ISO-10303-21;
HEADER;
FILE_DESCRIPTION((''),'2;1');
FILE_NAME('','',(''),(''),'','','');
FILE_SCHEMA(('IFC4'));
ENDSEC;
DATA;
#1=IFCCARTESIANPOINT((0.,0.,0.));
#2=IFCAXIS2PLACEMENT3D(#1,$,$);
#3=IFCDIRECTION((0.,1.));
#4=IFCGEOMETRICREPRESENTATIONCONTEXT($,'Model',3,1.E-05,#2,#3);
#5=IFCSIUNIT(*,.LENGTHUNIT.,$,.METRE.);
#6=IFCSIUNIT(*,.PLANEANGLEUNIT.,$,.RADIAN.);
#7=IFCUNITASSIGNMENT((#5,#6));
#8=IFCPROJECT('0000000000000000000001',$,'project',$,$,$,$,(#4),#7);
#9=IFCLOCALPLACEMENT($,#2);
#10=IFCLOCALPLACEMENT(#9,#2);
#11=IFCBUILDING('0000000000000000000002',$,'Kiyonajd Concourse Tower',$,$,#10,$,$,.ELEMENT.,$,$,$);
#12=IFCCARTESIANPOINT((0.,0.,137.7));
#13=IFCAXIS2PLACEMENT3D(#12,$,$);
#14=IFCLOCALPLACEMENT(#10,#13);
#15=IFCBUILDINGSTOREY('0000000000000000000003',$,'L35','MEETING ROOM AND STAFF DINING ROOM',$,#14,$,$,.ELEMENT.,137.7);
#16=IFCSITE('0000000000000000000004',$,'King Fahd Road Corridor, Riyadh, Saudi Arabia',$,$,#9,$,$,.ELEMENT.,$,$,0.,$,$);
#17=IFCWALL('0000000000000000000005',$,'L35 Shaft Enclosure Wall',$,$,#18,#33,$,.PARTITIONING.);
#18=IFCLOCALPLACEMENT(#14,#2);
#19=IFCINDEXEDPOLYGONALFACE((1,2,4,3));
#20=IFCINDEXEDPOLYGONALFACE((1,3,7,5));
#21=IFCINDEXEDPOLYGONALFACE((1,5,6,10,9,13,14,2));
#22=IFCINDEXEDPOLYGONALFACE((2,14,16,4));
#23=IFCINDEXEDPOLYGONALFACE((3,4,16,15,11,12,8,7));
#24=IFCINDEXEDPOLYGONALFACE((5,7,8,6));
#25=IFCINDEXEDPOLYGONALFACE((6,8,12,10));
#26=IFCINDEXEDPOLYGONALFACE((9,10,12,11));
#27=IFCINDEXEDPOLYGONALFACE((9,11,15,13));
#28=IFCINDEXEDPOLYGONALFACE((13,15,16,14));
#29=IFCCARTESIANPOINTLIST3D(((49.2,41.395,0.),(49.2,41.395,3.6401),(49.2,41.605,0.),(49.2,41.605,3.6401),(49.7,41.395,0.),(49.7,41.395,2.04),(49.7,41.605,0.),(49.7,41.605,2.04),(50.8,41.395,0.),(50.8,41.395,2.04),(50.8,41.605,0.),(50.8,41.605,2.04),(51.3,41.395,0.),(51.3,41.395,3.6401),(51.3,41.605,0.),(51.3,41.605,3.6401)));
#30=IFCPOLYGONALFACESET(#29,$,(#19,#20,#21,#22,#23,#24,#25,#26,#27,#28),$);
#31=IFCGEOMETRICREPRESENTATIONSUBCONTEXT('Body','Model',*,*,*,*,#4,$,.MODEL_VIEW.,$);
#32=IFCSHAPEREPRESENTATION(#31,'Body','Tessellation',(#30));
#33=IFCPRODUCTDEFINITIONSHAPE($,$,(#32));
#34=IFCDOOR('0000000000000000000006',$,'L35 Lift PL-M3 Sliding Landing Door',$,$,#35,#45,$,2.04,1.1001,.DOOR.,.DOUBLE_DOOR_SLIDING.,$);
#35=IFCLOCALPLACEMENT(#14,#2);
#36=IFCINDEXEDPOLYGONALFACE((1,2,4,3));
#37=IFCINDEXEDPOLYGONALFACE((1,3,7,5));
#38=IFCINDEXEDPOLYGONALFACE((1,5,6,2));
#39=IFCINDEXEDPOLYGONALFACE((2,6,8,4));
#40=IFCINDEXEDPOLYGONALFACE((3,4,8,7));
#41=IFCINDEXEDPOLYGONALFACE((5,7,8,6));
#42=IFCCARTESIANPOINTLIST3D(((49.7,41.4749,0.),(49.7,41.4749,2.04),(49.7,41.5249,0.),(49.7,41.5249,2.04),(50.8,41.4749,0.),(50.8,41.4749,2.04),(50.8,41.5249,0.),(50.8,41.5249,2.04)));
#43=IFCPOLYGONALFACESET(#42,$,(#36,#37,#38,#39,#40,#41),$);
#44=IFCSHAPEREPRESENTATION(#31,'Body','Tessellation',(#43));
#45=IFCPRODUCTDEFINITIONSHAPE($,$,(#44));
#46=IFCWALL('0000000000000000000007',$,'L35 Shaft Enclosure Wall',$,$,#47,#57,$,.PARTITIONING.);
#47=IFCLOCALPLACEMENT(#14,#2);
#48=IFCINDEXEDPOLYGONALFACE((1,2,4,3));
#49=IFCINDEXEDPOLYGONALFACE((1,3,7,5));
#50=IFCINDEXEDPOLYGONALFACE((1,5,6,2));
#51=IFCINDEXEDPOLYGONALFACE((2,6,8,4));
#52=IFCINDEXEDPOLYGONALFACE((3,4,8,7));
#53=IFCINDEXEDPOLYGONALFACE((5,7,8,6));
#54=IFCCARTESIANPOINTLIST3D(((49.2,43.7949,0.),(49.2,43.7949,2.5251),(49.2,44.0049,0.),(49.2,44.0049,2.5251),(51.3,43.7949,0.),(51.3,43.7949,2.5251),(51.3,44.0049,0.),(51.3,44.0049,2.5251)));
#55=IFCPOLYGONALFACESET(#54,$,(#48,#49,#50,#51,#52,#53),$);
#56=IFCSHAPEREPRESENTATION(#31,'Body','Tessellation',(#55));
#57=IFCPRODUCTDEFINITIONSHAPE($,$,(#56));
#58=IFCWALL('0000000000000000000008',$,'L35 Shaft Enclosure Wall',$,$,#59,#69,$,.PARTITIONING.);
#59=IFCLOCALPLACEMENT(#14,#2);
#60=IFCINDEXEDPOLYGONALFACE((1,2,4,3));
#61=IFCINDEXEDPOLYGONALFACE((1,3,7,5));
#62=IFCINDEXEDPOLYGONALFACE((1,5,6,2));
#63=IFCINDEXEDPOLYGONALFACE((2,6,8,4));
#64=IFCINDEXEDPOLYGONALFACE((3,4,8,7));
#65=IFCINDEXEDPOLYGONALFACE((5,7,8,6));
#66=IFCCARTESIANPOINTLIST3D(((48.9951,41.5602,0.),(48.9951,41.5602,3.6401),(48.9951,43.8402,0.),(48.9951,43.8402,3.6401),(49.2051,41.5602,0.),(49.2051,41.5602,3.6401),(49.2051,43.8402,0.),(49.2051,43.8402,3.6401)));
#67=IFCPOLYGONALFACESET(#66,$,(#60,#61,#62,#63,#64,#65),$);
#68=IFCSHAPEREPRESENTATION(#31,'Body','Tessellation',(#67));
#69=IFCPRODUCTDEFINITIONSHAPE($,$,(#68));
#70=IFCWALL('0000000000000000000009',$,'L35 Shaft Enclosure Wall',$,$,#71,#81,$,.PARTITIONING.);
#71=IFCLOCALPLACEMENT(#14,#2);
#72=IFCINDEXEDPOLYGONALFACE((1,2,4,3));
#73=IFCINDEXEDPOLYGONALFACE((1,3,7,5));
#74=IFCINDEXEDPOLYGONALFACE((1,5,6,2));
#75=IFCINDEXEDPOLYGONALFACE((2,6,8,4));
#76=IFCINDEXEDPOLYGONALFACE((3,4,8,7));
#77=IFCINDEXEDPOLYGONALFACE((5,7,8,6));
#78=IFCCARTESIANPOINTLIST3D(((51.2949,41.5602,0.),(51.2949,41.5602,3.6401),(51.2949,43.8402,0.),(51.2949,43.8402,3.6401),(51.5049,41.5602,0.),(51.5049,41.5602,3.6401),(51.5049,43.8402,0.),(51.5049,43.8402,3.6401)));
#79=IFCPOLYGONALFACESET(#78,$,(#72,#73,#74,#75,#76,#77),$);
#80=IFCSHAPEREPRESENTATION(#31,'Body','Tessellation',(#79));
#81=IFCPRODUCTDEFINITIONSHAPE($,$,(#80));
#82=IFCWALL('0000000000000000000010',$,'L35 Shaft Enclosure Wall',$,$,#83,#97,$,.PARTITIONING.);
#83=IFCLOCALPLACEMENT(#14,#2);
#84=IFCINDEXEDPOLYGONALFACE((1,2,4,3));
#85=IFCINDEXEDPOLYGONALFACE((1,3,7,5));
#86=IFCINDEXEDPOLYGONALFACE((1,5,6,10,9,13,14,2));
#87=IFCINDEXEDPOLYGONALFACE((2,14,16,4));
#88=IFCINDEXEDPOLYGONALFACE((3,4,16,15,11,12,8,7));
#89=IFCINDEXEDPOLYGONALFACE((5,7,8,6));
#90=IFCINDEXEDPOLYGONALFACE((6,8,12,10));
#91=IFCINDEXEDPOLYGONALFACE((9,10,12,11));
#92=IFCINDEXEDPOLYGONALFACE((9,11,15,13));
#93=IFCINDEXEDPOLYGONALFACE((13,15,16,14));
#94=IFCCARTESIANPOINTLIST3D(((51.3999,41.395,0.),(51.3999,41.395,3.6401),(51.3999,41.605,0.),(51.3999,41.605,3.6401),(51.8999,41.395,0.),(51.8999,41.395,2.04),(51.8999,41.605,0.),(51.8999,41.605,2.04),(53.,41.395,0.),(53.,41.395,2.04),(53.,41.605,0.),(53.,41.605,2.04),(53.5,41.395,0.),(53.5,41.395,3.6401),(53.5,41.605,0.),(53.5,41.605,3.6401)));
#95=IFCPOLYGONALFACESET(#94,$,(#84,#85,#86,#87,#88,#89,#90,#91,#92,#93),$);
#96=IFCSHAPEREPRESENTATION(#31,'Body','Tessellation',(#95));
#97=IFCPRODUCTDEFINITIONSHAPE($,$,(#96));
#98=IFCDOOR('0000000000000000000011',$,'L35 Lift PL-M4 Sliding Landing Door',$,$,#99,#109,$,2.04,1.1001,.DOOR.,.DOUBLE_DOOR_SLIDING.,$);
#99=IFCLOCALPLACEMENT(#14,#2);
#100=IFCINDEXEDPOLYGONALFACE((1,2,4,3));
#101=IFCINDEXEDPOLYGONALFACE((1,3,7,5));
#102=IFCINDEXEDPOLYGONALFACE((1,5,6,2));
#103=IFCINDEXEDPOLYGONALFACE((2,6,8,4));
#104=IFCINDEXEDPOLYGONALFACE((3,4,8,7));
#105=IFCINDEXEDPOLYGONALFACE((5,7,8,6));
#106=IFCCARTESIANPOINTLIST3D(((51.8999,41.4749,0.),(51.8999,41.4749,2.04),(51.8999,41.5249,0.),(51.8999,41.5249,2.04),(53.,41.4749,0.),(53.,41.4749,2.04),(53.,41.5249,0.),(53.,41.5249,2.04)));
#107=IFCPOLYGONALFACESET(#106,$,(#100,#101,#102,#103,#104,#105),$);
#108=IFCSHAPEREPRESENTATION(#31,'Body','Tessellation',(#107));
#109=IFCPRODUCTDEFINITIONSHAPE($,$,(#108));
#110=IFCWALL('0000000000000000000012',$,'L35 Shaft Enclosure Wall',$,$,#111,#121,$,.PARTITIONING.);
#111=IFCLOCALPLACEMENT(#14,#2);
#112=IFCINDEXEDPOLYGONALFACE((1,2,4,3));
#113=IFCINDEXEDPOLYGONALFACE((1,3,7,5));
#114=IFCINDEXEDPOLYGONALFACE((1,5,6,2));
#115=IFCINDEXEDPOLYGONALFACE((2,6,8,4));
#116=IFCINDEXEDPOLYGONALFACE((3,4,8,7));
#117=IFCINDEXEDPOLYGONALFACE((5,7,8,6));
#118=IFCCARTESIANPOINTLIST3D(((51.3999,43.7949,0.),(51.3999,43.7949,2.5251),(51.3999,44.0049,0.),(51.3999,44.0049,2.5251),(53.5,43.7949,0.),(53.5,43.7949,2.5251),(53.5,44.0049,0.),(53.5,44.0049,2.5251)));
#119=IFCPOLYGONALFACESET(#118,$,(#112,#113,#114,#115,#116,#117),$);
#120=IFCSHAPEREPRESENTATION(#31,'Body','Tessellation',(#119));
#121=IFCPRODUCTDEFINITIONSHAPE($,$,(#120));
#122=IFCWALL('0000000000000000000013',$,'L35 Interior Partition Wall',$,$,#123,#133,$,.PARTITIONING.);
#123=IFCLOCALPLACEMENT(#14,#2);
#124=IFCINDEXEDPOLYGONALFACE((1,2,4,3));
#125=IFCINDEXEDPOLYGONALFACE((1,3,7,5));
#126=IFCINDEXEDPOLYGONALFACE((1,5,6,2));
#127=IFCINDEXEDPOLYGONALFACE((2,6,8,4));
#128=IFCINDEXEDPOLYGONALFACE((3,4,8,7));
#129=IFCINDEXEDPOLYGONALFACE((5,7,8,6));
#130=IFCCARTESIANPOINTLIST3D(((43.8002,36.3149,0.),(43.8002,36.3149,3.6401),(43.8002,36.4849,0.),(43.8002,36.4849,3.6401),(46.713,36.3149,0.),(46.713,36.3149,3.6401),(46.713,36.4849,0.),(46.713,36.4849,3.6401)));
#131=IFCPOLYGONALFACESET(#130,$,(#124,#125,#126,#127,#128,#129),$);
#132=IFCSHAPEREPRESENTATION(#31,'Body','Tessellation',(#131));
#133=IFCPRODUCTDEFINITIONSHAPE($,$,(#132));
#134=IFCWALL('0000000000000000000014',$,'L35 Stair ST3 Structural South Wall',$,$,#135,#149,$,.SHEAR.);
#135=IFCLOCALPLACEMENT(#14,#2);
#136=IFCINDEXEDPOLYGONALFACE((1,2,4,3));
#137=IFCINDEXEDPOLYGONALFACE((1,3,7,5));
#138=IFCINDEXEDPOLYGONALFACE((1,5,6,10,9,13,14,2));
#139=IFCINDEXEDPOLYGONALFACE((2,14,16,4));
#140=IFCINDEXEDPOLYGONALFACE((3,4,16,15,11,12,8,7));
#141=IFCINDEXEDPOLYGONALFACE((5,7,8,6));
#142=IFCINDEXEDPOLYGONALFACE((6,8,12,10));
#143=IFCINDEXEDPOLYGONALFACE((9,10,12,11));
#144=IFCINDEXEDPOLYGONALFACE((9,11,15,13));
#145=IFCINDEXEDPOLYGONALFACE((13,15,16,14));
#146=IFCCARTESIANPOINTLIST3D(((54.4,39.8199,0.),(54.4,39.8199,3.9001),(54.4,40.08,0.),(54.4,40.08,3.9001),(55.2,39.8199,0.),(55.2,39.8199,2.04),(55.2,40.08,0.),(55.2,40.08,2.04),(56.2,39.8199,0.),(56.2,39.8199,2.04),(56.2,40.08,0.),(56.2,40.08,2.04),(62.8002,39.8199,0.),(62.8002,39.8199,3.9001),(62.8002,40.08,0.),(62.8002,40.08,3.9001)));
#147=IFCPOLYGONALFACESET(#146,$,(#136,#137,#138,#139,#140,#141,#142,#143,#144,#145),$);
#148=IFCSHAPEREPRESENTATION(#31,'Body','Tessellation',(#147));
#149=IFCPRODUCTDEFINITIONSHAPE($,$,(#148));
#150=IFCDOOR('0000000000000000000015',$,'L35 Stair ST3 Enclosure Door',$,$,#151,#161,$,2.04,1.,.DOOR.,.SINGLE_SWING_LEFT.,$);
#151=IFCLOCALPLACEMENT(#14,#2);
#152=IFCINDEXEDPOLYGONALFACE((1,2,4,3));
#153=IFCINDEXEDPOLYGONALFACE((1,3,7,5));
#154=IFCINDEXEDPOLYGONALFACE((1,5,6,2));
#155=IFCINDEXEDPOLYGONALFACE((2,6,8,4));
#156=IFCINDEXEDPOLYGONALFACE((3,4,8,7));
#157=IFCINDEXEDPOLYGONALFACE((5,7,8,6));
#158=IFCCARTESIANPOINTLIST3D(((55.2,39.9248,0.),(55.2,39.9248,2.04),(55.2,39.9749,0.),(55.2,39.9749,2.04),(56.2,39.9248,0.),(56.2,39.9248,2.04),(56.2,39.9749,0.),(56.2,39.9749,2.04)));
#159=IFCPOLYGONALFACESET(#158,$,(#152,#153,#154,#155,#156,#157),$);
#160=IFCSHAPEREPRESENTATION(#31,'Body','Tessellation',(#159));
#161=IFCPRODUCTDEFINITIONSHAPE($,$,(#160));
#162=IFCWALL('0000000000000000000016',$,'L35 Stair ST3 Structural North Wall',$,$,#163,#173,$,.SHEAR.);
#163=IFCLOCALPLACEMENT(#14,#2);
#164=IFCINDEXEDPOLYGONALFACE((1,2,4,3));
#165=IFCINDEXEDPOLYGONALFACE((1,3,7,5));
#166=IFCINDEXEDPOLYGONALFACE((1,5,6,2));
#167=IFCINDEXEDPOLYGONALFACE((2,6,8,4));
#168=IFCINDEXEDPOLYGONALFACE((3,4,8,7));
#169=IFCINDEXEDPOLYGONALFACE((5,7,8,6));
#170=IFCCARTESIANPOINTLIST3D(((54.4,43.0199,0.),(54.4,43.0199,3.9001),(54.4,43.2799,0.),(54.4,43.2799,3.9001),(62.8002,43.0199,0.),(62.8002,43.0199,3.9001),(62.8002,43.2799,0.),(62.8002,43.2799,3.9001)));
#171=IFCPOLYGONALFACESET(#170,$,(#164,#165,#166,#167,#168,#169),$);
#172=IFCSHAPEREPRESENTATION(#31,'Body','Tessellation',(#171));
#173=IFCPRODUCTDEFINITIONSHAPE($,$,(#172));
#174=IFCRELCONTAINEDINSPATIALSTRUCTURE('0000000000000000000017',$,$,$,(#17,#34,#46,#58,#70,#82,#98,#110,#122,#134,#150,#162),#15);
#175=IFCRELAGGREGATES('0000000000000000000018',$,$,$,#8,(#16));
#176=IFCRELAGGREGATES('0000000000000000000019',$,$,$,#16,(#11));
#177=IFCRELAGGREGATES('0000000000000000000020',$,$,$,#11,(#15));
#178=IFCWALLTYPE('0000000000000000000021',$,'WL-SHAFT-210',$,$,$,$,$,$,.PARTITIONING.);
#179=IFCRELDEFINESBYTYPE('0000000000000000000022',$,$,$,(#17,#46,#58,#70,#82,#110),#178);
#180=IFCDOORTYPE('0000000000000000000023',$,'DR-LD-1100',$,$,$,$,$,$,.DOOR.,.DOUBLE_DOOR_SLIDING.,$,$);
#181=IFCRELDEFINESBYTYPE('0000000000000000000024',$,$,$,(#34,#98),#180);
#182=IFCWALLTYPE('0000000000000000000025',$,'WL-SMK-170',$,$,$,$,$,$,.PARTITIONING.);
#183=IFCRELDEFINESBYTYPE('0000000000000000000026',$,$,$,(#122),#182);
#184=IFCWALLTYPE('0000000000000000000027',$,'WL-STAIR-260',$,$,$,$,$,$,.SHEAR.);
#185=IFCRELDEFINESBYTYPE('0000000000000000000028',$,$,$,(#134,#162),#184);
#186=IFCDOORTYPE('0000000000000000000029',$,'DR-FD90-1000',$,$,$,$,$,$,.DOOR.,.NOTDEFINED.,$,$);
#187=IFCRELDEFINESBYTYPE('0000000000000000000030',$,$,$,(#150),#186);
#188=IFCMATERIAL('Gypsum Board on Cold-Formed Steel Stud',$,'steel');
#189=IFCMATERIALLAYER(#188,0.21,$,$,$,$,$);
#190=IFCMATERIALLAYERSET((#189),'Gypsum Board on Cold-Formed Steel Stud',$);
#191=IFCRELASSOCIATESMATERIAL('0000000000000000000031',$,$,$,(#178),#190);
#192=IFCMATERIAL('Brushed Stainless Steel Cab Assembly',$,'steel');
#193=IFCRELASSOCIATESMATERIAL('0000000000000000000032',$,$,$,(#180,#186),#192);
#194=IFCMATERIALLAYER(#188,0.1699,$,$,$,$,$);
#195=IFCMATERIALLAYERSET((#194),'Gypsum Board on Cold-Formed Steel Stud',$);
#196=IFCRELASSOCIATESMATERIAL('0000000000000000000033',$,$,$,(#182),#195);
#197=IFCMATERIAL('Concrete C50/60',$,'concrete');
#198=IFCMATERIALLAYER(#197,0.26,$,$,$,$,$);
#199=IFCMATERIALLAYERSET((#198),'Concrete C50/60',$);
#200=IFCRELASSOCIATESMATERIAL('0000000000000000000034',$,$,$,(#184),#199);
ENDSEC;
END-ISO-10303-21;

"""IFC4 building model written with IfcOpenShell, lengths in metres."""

from ifc_helpers import new_model, si_unit, direction, frame, frame_2d, origin, place, context, subcontext, project, spatial, rectangle, extrude, material, layer, layer_set, type_object, element, fill, save


model = new_model("IFC4")

# Units and contexts
model_context = context("Model", 3, precision=1e-05, world=origin(), true_north=direction((0.0, 1.0)))
body_context = subcontext(model_context, "Body", "Model", "MODEL_VIEW")
ifc_project = project(units=[si_unit("LENGTHUNIT", "METRE"), si_unit("PLANEANGLEUNIT", "RADIAN")], contexts=[model_context])

# Site, building, storey
site_placement = place(None, origin())
site = spatial("IfcSite", under=ifc_project, at=site_placement, Name="King Fahd Road Corridor, Riyadh, Saudi Arabia", CompositionType="ELEMENT", RefElevation=0.0)
building_placement = place(site_placement, origin())
building = spatial("IfcBuilding", under=site, at=building_placement, Name="Kiyonajd Concourse Tower", CompositionType="ELEMENT")
storey_placement = place(building_placement, frame((0.0, 0.0, 137.7)))
storey = spatial("IfcBuildingStorey", under=building, at=storey_placement, Name="L35", Description="MEETING ROOM AND STAFF DINING ROOM", CompositionType="ELEMENT", Elevation=137.7)

# Shared definitions
ifc_material_1 = material(Name="Concrete C50/60", Category="concrete")

# Shared definitions
ifc_material_2 = material(Name="Gypsum Board on Cold-Formed Steel Stud", Category="steel")
ifc_layer_1 = layer(ifc_material_2, 0.21)
ifc_layer_set_1 = layer_set([ifc_layer_1], Name="Gypsum Board on Cold-Formed Steel Stud")
wall_type_1 = type_object("IfcWallType", Name="WL-SHAFT-210", PredefinedType="PARTITIONING", material=ifc_layer_set_1)

# Shared definitions
ifc_material_3 = material(Name="Brushed Stainless Steel Cab Assembly", Category="steel")
door_type_1 = type_object("IfcDoorType", Name="DR-LD-1100", OperationType="DOUBLE_DOOR_SLIDING", PredefinedType="DOOR", material=ifc_material_3)

# Wall, opening, door
wall_1_placement = place(storey_placement, frame((49.2, 41.5, 0.0), z_axis=(0.0, 0.0, 1.0), x_axis=(1.0, 0.0, 0.0)))
wall_1 = element("IfcWall", 1, at=wall_1_placement, inside=storey, type_object=wall_type_1, Name="L35 Shaft Enclosure Wall", PredefinedType="PARTITIONING", context=body_context, shape_type="SweptSolid", body=[
    extrude(rectangle(XDim=2.1001, YDim=0.21, at=frame_2d((1.05, 0.0))), origin(), (0.0, 0.0, 1.0), 3.6401),
])
opening_1_placement = place(wall_1_placement, frame((0.5, 0.0, 0.0)))
opening_1 = element("IfcOpeningElement", 2, at=opening_1_placement, cuts=wall_1, PredefinedType="OPENING", context=body_context, shape_type="SweptSolid", body=[
    extrude(rectangle(XDim=1.1001, YDim=2.04, at=frame_2d((0.55, 1.02))), frame((0.0, 0.115, 0.0), z_axis=(0.0, -1.0, 0.0), x_axis=(1.0, 0.0, 0.0)), (0.0, 0.0, 1.0), 0.23),
])
door_1_placement = place(opening_1_placement, origin())
door_1 = element("IfcDoor", 3, at=door_1_placement, inside=storey, type_object=door_type_1, Name="L35 Lift PL-M3 Sliding Landing Door", OperationType="DOUBLE_DOOR_SLIDING", OverallHeight=2.04, OverallWidth=1.1001, PredefinedType="DOOR", context=body_context, shape_type="SweptSolid", body=[
    extrude(rectangle(XDim=1.1001, YDim=2.04, at=frame_2d((0.55, 1.02))), frame((0.0, 0.0249, 0.0), z_axis=(0.0, -1.0, 0.0), x_axis=(1.0, 0.0, 0.0)), (0.0, 0.0, 1.0), 0.05),
])
fill(opening_1, door_1)

# Walls
wall_2_placement = place(storey_placement, frame((49.2, 43.8999, 0.0), z_axis=(0.0, 0.0, 1.0), x_axis=(1.0, 0.0, 0.0)))
element("IfcWall", 4, at=wall_2_placement, inside=storey, type_object=wall_type_1, Name="L35 Shaft Enclosure Wall", PredefinedType="PARTITIONING", context=body_context, shape_type="SweptSolid", body=[
    extrude(rectangle(XDim=2.1001, YDim=0.21, at=frame_2d((1.05, 0.0))), origin(), (0.0, 0.0, 1.0), 2.5251),
])
for number, where, z_axis, x_axis, name in (
    (5, (49.1001, 41.5601, 0.0), (0.0, 0.0, 1.0), (0.0, 1.0, 0.0), "L35 Shaft Enclosure Wall"),
    (6, (51.3999, 41.5601, 0.0), (0.0, 0.0, 1.0), (0.0, 1.0, 0.0), "L35 Shaft Enclosure Wall"),
):
    element("IfcWall", number, at=place(storey_placement, frame(where, z_axis=z_axis, x_axis=x_axis)), inside=storey, type_object=wall_type_1, Name=name, PredefinedType="PARTITIONING", context=body_context, shape_type="SweptSolid", body=[
        extrude(rectangle(XDim=2.28, YDim=0.21, at=frame_2d((1.1401, 0.0))), origin(), (0.0, 0.0, 1.0), 3.6401),
    ])

# Wall, opening, door
wall_3_placement = place(storey_placement, frame((51.3999, 41.5, 0.0), z_axis=(0.0, 0.0, 1.0), x_axis=(1.0, 0.0, 0.0)))
wall_3 = element("IfcWall", 7, at=wall_3_placement, inside=storey, type_object=wall_type_1, Name="L35 Shaft Enclosure Wall", PredefinedType="PARTITIONING", context=body_context, shape_type="SweptSolid", body=[
    extrude(rectangle(XDim=2.1001, YDim=0.21, at=frame_2d((1.05, 0.0))), origin(), (0.0, 0.0, 1.0), 3.6401),
])
opening_2_placement = place(wall_3_placement, frame((0.5, 0.0, 0.0)))
opening_2 = element("IfcOpeningElement", 8, at=opening_2_placement, cuts=wall_3, PredefinedType="OPENING", context=body_context, shape_type="SweptSolid", body=[
    extrude(rectangle(XDim=1.1001, YDim=2.04, at=frame_2d((0.55, 1.02))), frame((0.0, 0.115, 0.0), z_axis=(0.0, -1.0, 0.0), x_axis=(1.0, 0.0, 0.0)), (0.0, 0.0, 1.0), 0.23),
])
door_2_placement = place(opening_2_placement, origin())
door_2 = element("IfcDoor", 9, at=door_2_placement, inside=storey, type_object=door_type_1, Name="L35 Lift PL-M4 Sliding Landing Door", OperationType="DOUBLE_DOOR_SLIDING", OverallHeight=2.04, OverallWidth=1.1001, PredefinedType="DOOR", context=body_context, shape_type="SweptSolid", body=[
    extrude(rectangle(XDim=1.1001, YDim=2.04, at=frame_2d((0.55, 1.02))), frame((0.0, 0.0249, 0.0), z_axis=(0.0, -1.0, 0.0), x_axis=(1.0, 0.0, 0.0)), (0.0, 0.0, 1.0), 0.05),
])
fill(opening_2, door_2)

# Walls
wall_4_placement = place(storey_placement, frame((51.3999, 43.8999, 0.0), z_axis=(0.0, 0.0, 1.0), x_axis=(1.0, 0.0, 0.0)))
element("IfcWall", 10, at=wall_4_placement, inside=storey, type_object=wall_type_1, Name="L35 Shaft Enclosure Wall", PredefinedType="PARTITIONING", context=body_context, shape_type="SweptSolid", body=[
    extrude(rectangle(XDim=2.1001, YDim=0.21, at=frame_2d((1.05, 0.0))), origin(), (0.0, 0.0, 1.0), 2.5251),
])
ifc_layer_2 = layer(ifc_material_2, 0.1699)
ifc_layer_set_2 = layer_set([ifc_layer_2], Name="Gypsum Board on Cold-Formed Steel Stud")
wall_type_2 = type_object("IfcWallType", Name="WL-SMK-170", PredefinedType="PARTITIONING", material=ifc_layer_set_2)
wall_5_placement = place(storey_placement, frame((43.8, 36.3999, 0.0), z_axis=(0.0, 0.0, 1.0), x_axis=(1.0, 0.0, 0.0)))
element("IfcWall", 11, at=wall_5_placement, inside=storey, type_object=wall_type_2, Name="L35 Interior Partition Wall", PredefinedType="PARTITIONING", context=body_context, shape_type="SweptSolid", body=[
    extrude(rectangle(XDim=2.9128, YDim=0.1699, at=frame_2d((1.4565, 0.0))), origin(), (0.0, 0.0, 1.0), 3.6401),
])

# Wall, opening, door
ifc_layer_3 = layer(ifc_material_1, 0.26)
ifc_layer_set_3 = layer_set([ifc_layer_3], Name="Concrete C50/60")
wall_type_3 = type_object("IfcWallType", Name="WL-STAIR-260", PredefinedType="SHEAR", material=ifc_layer_set_3)
wall_6_placement = place(storey_placement, frame((54.3999, 39.95, 0.0), z_axis=(0.0, 0.0, 1.0), x_axis=(1.0, 0.0, 0.0)))
wall_6 = element("IfcWall", 12, at=wall_6_placement, inside=storey, type_object=wall_type_3, Name="L35 Stair ST3 Structural South Wall", PredefinedType="SHEAR", context=body_context, shape_type="SweptSolid", body=[
    extrude(rectangle(XDim=8.4001, YDim=0.26, at=frame_2d((4.2002, 0.0))), origin(), (0.0, 0.0, 1.0), 3.9001),
])
opening_3_placement = place(wall_6_placement, frame((0.8, 0.0, 0.0)))
opening_3 = element("IfcOpeningElement", 13, at=opening_3_placement, cuts=wall_6, PredefinedType="OPENING", context=body_context, shape_type="SweptSolid", body=[
    extrude(rectangle(XDim=1.0, YDim=2.04, at=frame_2d((0.5, 1.02))), frame((0.0, 0.1399, 0.0), z_axis=(0.0, -1.0, 0.0), x_axis=(1.0, 0.0, 0.0)), (0.0, 0.0, 1.0), 0.28),
])
door_type_2 = type_object("IfcDoorType", Name="DR-FD90-1000", OperationType="NOTDEFINED", PredefinedType="DOOR", material=ifc_material_3)
door_3_placement = place(opening_3_placement, origin())
door_3 = element("IfcDoor", 14, at=door_3_placement, inside=storey, type_object=door_type_2, Name="L35 Stair ST3 Enclosure Door", OperationType="SINGLE_SWING_LEFT", OverallHeight=2.04, OverallWidth=1.0, PredefinedType="DOOR", context=body_context, shape_type="SweptSolid", body=[
    extrude(rectangle(XDim=1.0, YDim=2.04, at=frame_2d((0.5, 1.02))), frame((0.0, 0.0249, 0.0), z_axis=(0.0, -1.0, 0.0), x_axis=(1.0, 0.0, 0.0)), (0.0, 0.0, 1.0), 0.05),
])
fill(opening_3, door_3)

# Wall
wall_7_placement = place(storey_placement, frame((54.3999, 43.1499, 0.0), z_axis=(0.0, 0.0, 1.0), x_axis=(1.0, 0.0, 0.0)))
element("IfcWall", 15, at=wall_7_placement, inside=storey, type_object=wall_type_3, Name="L35 Stair ST3 Structural North Wall", PredefinedType="SHEAR", context=body_context, shape_type="SweptSolid", body=[
    extrude(rectangle(XDim=8.4001, YDim=0.26, at=frame_2d((4.2002, 0.0))), origin(), (0.0, 0.0, 1.0), 3.9001),
])

save(model, "model.ifc")
